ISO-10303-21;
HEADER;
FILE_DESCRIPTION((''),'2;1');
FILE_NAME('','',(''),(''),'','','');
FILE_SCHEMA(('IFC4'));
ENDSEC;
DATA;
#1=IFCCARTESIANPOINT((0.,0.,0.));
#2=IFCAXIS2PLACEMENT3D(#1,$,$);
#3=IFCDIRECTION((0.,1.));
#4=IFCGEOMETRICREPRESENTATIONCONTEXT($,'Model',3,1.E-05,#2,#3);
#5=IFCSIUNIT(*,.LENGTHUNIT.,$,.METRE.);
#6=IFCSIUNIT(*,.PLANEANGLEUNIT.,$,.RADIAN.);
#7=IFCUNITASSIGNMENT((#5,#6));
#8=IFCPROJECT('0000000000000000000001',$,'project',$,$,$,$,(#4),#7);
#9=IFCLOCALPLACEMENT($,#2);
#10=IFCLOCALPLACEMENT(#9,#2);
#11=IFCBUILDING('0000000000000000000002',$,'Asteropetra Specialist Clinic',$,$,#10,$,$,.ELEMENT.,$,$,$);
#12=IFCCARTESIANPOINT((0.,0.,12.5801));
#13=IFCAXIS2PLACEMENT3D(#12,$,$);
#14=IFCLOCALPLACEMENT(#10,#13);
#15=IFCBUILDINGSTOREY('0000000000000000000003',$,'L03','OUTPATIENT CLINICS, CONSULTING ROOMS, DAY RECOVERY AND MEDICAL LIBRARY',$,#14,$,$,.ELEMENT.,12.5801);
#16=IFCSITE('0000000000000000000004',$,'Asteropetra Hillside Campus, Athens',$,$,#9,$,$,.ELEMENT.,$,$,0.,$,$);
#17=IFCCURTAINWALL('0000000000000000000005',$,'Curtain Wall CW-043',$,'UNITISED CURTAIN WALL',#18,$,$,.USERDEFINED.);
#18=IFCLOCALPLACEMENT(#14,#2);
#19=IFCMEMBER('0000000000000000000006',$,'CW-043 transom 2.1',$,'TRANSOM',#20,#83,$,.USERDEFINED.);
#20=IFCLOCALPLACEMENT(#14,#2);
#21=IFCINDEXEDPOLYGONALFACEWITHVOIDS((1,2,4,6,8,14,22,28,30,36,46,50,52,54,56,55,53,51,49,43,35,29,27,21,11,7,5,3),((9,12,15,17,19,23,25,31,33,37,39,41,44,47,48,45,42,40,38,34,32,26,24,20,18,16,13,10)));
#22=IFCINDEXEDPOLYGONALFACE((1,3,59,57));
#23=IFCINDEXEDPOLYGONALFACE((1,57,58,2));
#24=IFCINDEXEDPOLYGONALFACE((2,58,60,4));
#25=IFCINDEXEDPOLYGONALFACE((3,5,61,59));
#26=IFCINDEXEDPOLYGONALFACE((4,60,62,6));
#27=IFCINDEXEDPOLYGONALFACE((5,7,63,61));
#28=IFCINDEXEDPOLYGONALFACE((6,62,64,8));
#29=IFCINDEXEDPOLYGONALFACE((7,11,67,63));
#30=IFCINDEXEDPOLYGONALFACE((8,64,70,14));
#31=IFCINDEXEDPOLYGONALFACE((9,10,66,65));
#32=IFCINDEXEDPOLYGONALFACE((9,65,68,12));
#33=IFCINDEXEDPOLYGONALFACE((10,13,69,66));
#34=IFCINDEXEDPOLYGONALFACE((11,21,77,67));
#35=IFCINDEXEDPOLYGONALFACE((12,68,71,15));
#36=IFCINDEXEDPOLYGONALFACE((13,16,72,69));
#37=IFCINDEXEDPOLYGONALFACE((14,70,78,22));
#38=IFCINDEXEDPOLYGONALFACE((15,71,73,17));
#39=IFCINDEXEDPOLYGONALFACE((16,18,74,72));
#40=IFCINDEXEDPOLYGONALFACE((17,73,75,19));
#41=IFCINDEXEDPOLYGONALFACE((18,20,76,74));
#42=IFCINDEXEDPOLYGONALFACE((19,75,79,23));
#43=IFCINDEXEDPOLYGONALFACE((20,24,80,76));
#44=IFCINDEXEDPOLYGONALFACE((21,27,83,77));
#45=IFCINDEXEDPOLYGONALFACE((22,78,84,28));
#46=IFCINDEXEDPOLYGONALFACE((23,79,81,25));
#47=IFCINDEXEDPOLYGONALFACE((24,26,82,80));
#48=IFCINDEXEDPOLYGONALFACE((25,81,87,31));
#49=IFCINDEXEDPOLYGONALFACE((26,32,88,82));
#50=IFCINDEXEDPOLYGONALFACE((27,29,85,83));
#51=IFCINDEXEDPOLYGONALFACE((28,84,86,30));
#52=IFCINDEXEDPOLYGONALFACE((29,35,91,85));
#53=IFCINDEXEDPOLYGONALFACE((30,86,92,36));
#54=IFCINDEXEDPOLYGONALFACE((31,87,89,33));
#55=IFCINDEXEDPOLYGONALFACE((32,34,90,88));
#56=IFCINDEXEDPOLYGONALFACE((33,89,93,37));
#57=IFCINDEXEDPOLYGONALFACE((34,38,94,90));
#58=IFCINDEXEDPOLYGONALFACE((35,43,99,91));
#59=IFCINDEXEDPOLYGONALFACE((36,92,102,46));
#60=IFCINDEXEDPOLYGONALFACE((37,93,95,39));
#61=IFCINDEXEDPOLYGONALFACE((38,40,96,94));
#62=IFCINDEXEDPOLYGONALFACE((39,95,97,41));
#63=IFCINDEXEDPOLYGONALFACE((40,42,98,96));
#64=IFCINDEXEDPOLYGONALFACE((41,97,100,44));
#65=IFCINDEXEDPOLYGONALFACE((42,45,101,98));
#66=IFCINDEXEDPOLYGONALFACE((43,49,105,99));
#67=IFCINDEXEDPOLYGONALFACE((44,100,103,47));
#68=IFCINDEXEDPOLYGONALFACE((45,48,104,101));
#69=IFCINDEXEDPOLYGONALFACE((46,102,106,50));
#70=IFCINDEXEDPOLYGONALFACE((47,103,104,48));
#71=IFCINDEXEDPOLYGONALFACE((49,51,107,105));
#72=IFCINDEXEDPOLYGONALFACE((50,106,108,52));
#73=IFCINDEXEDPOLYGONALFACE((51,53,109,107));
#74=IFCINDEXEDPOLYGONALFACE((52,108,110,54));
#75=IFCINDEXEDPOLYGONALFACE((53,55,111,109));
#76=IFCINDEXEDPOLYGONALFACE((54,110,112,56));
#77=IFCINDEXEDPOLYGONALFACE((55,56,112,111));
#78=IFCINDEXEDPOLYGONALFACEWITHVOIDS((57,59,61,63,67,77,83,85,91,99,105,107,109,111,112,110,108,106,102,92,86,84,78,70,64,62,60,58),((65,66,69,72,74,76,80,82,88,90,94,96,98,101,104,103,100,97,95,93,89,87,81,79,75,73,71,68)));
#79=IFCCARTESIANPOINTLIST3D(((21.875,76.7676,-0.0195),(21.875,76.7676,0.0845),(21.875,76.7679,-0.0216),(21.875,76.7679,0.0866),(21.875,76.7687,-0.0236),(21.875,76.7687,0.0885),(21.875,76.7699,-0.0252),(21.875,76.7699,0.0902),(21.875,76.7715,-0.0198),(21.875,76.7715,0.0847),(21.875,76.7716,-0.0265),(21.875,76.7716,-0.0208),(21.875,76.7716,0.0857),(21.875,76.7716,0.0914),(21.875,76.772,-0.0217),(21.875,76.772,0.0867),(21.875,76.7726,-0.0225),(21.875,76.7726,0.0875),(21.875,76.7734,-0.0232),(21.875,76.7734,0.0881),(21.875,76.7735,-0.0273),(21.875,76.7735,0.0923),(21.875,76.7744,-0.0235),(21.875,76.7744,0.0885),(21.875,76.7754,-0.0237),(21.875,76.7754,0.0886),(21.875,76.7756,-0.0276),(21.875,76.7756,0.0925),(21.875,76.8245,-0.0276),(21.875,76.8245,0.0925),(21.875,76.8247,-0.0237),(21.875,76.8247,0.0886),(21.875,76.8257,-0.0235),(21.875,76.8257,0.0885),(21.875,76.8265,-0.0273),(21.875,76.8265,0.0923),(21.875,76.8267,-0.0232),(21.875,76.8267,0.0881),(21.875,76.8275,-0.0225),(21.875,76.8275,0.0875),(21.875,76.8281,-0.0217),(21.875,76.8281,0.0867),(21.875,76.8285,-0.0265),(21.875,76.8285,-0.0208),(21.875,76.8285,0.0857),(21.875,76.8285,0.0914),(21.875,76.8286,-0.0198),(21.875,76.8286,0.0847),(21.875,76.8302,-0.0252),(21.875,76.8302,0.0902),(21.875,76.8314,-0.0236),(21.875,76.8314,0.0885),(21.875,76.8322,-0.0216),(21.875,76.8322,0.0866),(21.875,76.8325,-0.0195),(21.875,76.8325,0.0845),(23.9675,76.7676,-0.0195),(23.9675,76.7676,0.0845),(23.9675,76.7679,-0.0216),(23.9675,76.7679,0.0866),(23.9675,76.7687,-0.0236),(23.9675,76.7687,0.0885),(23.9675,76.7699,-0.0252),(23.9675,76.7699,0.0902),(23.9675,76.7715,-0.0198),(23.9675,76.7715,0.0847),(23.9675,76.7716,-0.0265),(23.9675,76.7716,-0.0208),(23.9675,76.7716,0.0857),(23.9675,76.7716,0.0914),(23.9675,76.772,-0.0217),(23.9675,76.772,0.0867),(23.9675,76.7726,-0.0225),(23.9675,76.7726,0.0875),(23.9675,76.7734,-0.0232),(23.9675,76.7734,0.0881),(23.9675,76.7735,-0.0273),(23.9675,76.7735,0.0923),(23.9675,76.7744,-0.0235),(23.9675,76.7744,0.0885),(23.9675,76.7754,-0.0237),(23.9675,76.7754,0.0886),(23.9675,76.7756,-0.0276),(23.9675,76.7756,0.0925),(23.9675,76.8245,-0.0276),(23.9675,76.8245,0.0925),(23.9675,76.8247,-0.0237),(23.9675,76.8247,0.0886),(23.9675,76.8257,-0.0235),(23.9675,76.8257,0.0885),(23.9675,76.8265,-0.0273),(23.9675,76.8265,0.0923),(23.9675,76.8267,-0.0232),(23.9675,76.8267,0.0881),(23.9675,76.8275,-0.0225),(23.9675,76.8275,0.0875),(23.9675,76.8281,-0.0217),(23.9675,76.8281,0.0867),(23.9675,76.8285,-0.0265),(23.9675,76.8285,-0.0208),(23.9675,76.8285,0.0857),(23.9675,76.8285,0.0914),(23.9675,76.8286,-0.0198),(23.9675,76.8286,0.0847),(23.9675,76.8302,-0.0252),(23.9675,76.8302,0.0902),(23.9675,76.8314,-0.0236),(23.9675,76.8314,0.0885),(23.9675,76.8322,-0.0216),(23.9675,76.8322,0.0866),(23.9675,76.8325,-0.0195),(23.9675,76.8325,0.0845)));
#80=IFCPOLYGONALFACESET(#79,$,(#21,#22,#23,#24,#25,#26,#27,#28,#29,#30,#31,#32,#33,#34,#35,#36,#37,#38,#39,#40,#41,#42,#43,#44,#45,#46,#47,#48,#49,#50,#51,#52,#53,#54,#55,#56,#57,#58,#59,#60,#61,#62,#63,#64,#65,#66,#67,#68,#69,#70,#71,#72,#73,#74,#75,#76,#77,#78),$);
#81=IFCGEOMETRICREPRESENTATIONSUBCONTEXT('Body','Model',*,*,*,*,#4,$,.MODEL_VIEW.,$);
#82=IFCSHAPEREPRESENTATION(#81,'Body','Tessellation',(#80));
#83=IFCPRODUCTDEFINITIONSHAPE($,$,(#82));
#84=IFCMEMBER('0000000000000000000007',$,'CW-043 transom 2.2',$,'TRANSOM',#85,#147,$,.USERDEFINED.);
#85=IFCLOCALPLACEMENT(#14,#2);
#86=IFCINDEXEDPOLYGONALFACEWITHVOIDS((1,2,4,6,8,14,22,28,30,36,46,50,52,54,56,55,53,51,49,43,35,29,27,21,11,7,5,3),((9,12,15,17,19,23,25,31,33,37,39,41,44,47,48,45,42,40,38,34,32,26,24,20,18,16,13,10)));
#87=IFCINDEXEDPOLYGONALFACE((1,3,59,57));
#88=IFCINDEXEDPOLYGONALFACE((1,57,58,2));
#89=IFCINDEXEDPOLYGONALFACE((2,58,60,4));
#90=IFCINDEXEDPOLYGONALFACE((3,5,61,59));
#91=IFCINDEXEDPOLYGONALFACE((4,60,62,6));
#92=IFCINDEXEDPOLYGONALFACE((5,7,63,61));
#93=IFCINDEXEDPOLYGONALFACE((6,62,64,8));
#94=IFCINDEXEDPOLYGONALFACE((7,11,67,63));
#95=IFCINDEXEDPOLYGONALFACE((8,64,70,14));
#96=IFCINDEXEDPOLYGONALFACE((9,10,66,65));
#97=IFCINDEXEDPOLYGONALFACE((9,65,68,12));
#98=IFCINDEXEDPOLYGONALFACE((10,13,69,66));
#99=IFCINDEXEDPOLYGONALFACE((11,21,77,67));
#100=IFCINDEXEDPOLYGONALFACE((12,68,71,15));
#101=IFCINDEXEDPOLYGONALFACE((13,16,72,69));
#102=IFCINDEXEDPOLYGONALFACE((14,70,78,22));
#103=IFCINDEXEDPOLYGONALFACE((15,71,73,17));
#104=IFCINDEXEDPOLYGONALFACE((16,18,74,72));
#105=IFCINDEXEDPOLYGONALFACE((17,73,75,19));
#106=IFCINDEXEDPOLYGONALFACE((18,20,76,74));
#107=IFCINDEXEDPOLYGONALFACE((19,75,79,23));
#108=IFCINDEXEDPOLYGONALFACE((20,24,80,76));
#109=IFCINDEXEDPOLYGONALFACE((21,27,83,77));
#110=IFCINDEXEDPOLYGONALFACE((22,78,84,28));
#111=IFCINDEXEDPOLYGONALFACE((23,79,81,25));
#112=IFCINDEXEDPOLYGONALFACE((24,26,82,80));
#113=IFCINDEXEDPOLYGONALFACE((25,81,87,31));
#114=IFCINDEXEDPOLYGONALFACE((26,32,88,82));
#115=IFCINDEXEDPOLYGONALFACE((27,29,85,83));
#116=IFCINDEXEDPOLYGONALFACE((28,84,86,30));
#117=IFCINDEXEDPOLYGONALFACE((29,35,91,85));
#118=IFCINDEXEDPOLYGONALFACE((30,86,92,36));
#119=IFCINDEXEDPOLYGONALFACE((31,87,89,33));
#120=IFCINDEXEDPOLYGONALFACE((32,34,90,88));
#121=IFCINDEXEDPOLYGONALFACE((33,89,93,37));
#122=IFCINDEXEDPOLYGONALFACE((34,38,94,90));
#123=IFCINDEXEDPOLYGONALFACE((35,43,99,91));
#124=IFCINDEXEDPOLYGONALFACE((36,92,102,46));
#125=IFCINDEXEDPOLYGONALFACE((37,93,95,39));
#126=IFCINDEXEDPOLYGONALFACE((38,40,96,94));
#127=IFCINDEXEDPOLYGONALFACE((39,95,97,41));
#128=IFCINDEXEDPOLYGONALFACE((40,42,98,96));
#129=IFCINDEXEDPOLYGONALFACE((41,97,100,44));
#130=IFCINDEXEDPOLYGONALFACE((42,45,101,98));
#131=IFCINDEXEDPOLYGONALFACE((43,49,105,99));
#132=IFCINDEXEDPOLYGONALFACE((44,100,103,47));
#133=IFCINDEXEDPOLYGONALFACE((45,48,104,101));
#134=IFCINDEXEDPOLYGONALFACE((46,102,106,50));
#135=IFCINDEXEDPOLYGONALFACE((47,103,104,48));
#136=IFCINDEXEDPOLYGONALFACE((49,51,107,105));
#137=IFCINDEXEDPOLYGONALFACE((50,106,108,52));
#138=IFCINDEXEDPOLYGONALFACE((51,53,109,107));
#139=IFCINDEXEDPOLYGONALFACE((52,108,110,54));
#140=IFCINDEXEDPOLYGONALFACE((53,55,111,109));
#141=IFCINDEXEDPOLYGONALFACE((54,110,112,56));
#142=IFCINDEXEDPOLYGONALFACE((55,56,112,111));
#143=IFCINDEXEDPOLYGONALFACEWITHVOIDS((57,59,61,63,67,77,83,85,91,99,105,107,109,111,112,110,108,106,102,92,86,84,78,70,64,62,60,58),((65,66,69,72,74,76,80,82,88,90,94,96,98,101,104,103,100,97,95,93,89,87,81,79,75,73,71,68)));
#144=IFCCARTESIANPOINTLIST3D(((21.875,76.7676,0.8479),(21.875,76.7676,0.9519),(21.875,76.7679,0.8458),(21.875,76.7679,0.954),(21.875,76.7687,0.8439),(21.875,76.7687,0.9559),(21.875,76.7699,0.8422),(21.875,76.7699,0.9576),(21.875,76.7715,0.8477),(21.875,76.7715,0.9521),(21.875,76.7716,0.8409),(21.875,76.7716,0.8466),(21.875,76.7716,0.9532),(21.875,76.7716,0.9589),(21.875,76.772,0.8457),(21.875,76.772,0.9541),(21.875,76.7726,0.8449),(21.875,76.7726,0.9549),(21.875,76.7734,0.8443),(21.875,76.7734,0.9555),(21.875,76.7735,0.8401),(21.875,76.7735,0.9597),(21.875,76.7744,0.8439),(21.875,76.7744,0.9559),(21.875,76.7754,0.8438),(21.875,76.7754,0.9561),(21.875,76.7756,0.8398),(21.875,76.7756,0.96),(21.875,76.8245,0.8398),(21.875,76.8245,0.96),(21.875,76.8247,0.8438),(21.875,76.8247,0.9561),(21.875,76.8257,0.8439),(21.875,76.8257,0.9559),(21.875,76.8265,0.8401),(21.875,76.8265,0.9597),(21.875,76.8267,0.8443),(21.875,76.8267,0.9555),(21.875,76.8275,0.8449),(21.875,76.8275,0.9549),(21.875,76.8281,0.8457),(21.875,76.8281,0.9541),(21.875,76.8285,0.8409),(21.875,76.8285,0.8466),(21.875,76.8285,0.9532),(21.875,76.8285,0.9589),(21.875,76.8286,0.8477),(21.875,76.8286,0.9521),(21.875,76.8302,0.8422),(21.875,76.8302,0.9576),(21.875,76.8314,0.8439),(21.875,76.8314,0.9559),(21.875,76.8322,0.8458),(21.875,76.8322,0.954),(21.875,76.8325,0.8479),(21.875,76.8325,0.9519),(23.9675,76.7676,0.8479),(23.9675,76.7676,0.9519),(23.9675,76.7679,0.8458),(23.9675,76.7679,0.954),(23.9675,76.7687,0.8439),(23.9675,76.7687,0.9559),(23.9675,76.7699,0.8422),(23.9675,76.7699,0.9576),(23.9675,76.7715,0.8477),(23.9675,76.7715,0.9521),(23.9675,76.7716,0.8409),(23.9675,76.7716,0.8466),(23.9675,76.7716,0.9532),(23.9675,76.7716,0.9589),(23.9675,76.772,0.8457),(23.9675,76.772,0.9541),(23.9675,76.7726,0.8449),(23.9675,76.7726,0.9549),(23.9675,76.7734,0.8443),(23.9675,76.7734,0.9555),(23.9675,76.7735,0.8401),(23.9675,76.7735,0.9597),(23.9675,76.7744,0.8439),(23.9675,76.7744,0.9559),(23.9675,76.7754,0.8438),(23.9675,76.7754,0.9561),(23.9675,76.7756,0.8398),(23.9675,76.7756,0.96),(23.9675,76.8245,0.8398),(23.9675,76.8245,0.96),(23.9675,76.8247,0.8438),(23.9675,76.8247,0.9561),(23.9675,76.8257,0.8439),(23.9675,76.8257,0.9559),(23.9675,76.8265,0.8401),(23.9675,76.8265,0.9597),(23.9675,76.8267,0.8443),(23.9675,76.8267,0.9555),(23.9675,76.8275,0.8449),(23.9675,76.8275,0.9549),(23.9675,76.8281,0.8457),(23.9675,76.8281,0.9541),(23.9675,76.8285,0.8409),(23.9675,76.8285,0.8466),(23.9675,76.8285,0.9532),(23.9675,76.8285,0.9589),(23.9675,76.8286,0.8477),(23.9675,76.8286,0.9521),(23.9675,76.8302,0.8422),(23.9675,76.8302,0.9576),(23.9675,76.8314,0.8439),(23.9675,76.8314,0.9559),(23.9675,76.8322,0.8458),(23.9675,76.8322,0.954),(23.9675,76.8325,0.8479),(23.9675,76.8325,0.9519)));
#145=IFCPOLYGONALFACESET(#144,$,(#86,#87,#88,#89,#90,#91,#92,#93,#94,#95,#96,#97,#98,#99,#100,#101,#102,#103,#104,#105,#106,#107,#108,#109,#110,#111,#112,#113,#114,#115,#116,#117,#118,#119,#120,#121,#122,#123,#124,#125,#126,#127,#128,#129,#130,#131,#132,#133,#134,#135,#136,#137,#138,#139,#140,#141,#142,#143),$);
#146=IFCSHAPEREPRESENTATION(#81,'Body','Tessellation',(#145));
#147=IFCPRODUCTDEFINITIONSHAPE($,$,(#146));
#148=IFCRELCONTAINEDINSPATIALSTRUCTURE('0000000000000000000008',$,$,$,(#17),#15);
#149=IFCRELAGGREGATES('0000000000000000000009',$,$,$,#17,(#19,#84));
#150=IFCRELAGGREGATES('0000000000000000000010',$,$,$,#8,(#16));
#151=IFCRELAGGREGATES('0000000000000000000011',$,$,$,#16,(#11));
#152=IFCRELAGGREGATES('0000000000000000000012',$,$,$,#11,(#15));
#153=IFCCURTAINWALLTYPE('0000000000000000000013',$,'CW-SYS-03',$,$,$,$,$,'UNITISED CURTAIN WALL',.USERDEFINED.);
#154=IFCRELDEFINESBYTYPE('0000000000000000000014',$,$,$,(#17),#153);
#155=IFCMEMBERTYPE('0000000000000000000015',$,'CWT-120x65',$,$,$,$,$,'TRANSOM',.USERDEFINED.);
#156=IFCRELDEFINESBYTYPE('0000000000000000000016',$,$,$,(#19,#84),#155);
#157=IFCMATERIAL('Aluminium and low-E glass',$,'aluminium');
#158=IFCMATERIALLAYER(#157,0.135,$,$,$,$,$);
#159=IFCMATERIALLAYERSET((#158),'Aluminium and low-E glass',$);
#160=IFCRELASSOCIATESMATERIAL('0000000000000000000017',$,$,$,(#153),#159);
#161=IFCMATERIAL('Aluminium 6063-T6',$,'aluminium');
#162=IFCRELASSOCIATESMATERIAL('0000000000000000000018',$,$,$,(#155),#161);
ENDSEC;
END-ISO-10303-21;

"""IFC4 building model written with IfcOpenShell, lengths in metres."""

from ifc_helpers import new_model, si_unit, direction, frame, origin, origin_2d, place, context, subcontext, project, spatial, hollow_rectangle, extrude, material, layer, layer_set, material_profile, profile_set, type_object, element, aggregate, save


model = new_model("IFC4")

# Units and contexts
model_context = context("Model", 3, precision=1e-05, world=origin(), true_north=direction((0.0, 1.0)))
body_context = subcontext(model_context, "Body", "Model", "MODEL_VIEW")
ifc_project = project(units=[si_unit("LENGTHUNIT", "METRE"), si_unit("PLANEANGLEUNIT", "RADIAN")], contexts=[model_context])

# Site, building, storey
site_placement = place(None, origin())
site = spatial("IfcSite", under=ifc_project, at=site_placement, Name="Asteropetra Hillside Campus, Athens", CompositionType="ELEMENT", RefElevation=0.0)
building_placement = place(site_placement, origin())
building = spatial("IfcBuilding", under=site, at=building_placement, Name="Asteropetra Specialist Clinic", CompositionType="ELEMENT")
storey_placement = place(building_placement, frame((0.0, 0.0, 12.5801)))
storey = spatial("IfcBuildingStorey", under=building, at=storey_placement, Name="L03", Description="OUTPATIENT CLINICS, CONSULTING ROOMS, DAY RECOVERY AND MEDICAL LIBRARY", CompositionType="ELEMENT", Elevation=12.5801)

# Curtain wall
ifc_material_1 = material(Name="Aluminium and low-E glass", Category="aluminium")
ifc_layer_1 = layer(ifc_material_1, 0.135)
ifc_layer_set_1 = layer_set([ifc_layer_1], Name="Aluminium and low-E glass")
curtain_wall_type_1 = type_object("IfcCurtainWallType", Name="CW-SYS-03", ElementType="UNITISED CURTAIN WALL", PredefinedType="USERDEFINED", material=ifc_layer_set_1)
curtain_wall_1_placement = place(storey_placement, origin())
curtain_wall_1 = element("IfcCurtainWall", 1, at=curtain_wall_1_placement, inside=storey, type_object=curtain_wall_type_1, Name="Curtain Wall CW-043", ObjectType="UNITISED CURTAIN WALL", PredefinedType="USERDEFINED")

# Members
ifc_material_2 = material(Name="Aluminium 6063-T6", Category="aluminium")
ifc_material_profile_1 = material_profile(ifc_material_2, hollow_rectangle(XDim=0.0649, YDim=0.1201, WallThickness=0.0039, InnerFilletRadius=0.0039, OuterFilletRadius=0.0081, at=origin_2d()), Name="TRN 120x65x4.0")
ifc_profile_set_1 = profile_set([ifc_material_profile_1], Name="Aluminium 6063-T6")
member_type_1 = type_object("IfcMemberType", Name="CWT-120x65", ElementType="TRANSOM", PredefinedType="USERDEFINED", material=ifc_profile_set_1)
member_1_placement = place(storey_placement, frame((21.875, 76.8, 0.0325), z_axis=(1.0, 0.0, 0.0), x_axis=(0.0, 1.0, 0.0)))
member_1 = element("IfcMember", 2, at=member_1_placement, type_object=member_type_1, Name="CW-043 transom 2.1", ObjectType="TRANSOM", PredefinedType="USERDEFINED", context=body_context, shape_type="SweptSolid", body=[
    extrude(hollow_rectangle(XDim=0.0649, YDim=0.1201, WallThickness=0.0039, InnerFilletRadius=0.0039, OuterFilletRadius=0.0081, at=origin_2d()), origin(), (0.0, 0.0, 1.0), 2.0925),
])
member_2_placement = place(storey_placement, frame((21.875, 76.8, 0.8999), z_axis=(1.0, 0.0, 0.0), x_axis=(0.0, 1.0, 0.0)))
member_2 = element("IfcMember", 3, at=member_2_placement, type_object=member_type_1, Name="CW-043 transom 2.2", ObjectType="TRANSOM", PredefinedType="USERDEFINED", context=body_context, shape_type="SweptSolid", body=[
    extrude(hollow_rectangle(XDim=0.0649, YDim=0.1201, WallThickness=0.0039, InnerFilletRadius=0.0039, OuterFilletRadius=0.0081, at=origin_2d()), origin(), (0.0, 0.0, 1.0), 2.0925),
])

aggregate(curtain_wall_1, [member_1, member_2])

save(model, "model.ifc")
